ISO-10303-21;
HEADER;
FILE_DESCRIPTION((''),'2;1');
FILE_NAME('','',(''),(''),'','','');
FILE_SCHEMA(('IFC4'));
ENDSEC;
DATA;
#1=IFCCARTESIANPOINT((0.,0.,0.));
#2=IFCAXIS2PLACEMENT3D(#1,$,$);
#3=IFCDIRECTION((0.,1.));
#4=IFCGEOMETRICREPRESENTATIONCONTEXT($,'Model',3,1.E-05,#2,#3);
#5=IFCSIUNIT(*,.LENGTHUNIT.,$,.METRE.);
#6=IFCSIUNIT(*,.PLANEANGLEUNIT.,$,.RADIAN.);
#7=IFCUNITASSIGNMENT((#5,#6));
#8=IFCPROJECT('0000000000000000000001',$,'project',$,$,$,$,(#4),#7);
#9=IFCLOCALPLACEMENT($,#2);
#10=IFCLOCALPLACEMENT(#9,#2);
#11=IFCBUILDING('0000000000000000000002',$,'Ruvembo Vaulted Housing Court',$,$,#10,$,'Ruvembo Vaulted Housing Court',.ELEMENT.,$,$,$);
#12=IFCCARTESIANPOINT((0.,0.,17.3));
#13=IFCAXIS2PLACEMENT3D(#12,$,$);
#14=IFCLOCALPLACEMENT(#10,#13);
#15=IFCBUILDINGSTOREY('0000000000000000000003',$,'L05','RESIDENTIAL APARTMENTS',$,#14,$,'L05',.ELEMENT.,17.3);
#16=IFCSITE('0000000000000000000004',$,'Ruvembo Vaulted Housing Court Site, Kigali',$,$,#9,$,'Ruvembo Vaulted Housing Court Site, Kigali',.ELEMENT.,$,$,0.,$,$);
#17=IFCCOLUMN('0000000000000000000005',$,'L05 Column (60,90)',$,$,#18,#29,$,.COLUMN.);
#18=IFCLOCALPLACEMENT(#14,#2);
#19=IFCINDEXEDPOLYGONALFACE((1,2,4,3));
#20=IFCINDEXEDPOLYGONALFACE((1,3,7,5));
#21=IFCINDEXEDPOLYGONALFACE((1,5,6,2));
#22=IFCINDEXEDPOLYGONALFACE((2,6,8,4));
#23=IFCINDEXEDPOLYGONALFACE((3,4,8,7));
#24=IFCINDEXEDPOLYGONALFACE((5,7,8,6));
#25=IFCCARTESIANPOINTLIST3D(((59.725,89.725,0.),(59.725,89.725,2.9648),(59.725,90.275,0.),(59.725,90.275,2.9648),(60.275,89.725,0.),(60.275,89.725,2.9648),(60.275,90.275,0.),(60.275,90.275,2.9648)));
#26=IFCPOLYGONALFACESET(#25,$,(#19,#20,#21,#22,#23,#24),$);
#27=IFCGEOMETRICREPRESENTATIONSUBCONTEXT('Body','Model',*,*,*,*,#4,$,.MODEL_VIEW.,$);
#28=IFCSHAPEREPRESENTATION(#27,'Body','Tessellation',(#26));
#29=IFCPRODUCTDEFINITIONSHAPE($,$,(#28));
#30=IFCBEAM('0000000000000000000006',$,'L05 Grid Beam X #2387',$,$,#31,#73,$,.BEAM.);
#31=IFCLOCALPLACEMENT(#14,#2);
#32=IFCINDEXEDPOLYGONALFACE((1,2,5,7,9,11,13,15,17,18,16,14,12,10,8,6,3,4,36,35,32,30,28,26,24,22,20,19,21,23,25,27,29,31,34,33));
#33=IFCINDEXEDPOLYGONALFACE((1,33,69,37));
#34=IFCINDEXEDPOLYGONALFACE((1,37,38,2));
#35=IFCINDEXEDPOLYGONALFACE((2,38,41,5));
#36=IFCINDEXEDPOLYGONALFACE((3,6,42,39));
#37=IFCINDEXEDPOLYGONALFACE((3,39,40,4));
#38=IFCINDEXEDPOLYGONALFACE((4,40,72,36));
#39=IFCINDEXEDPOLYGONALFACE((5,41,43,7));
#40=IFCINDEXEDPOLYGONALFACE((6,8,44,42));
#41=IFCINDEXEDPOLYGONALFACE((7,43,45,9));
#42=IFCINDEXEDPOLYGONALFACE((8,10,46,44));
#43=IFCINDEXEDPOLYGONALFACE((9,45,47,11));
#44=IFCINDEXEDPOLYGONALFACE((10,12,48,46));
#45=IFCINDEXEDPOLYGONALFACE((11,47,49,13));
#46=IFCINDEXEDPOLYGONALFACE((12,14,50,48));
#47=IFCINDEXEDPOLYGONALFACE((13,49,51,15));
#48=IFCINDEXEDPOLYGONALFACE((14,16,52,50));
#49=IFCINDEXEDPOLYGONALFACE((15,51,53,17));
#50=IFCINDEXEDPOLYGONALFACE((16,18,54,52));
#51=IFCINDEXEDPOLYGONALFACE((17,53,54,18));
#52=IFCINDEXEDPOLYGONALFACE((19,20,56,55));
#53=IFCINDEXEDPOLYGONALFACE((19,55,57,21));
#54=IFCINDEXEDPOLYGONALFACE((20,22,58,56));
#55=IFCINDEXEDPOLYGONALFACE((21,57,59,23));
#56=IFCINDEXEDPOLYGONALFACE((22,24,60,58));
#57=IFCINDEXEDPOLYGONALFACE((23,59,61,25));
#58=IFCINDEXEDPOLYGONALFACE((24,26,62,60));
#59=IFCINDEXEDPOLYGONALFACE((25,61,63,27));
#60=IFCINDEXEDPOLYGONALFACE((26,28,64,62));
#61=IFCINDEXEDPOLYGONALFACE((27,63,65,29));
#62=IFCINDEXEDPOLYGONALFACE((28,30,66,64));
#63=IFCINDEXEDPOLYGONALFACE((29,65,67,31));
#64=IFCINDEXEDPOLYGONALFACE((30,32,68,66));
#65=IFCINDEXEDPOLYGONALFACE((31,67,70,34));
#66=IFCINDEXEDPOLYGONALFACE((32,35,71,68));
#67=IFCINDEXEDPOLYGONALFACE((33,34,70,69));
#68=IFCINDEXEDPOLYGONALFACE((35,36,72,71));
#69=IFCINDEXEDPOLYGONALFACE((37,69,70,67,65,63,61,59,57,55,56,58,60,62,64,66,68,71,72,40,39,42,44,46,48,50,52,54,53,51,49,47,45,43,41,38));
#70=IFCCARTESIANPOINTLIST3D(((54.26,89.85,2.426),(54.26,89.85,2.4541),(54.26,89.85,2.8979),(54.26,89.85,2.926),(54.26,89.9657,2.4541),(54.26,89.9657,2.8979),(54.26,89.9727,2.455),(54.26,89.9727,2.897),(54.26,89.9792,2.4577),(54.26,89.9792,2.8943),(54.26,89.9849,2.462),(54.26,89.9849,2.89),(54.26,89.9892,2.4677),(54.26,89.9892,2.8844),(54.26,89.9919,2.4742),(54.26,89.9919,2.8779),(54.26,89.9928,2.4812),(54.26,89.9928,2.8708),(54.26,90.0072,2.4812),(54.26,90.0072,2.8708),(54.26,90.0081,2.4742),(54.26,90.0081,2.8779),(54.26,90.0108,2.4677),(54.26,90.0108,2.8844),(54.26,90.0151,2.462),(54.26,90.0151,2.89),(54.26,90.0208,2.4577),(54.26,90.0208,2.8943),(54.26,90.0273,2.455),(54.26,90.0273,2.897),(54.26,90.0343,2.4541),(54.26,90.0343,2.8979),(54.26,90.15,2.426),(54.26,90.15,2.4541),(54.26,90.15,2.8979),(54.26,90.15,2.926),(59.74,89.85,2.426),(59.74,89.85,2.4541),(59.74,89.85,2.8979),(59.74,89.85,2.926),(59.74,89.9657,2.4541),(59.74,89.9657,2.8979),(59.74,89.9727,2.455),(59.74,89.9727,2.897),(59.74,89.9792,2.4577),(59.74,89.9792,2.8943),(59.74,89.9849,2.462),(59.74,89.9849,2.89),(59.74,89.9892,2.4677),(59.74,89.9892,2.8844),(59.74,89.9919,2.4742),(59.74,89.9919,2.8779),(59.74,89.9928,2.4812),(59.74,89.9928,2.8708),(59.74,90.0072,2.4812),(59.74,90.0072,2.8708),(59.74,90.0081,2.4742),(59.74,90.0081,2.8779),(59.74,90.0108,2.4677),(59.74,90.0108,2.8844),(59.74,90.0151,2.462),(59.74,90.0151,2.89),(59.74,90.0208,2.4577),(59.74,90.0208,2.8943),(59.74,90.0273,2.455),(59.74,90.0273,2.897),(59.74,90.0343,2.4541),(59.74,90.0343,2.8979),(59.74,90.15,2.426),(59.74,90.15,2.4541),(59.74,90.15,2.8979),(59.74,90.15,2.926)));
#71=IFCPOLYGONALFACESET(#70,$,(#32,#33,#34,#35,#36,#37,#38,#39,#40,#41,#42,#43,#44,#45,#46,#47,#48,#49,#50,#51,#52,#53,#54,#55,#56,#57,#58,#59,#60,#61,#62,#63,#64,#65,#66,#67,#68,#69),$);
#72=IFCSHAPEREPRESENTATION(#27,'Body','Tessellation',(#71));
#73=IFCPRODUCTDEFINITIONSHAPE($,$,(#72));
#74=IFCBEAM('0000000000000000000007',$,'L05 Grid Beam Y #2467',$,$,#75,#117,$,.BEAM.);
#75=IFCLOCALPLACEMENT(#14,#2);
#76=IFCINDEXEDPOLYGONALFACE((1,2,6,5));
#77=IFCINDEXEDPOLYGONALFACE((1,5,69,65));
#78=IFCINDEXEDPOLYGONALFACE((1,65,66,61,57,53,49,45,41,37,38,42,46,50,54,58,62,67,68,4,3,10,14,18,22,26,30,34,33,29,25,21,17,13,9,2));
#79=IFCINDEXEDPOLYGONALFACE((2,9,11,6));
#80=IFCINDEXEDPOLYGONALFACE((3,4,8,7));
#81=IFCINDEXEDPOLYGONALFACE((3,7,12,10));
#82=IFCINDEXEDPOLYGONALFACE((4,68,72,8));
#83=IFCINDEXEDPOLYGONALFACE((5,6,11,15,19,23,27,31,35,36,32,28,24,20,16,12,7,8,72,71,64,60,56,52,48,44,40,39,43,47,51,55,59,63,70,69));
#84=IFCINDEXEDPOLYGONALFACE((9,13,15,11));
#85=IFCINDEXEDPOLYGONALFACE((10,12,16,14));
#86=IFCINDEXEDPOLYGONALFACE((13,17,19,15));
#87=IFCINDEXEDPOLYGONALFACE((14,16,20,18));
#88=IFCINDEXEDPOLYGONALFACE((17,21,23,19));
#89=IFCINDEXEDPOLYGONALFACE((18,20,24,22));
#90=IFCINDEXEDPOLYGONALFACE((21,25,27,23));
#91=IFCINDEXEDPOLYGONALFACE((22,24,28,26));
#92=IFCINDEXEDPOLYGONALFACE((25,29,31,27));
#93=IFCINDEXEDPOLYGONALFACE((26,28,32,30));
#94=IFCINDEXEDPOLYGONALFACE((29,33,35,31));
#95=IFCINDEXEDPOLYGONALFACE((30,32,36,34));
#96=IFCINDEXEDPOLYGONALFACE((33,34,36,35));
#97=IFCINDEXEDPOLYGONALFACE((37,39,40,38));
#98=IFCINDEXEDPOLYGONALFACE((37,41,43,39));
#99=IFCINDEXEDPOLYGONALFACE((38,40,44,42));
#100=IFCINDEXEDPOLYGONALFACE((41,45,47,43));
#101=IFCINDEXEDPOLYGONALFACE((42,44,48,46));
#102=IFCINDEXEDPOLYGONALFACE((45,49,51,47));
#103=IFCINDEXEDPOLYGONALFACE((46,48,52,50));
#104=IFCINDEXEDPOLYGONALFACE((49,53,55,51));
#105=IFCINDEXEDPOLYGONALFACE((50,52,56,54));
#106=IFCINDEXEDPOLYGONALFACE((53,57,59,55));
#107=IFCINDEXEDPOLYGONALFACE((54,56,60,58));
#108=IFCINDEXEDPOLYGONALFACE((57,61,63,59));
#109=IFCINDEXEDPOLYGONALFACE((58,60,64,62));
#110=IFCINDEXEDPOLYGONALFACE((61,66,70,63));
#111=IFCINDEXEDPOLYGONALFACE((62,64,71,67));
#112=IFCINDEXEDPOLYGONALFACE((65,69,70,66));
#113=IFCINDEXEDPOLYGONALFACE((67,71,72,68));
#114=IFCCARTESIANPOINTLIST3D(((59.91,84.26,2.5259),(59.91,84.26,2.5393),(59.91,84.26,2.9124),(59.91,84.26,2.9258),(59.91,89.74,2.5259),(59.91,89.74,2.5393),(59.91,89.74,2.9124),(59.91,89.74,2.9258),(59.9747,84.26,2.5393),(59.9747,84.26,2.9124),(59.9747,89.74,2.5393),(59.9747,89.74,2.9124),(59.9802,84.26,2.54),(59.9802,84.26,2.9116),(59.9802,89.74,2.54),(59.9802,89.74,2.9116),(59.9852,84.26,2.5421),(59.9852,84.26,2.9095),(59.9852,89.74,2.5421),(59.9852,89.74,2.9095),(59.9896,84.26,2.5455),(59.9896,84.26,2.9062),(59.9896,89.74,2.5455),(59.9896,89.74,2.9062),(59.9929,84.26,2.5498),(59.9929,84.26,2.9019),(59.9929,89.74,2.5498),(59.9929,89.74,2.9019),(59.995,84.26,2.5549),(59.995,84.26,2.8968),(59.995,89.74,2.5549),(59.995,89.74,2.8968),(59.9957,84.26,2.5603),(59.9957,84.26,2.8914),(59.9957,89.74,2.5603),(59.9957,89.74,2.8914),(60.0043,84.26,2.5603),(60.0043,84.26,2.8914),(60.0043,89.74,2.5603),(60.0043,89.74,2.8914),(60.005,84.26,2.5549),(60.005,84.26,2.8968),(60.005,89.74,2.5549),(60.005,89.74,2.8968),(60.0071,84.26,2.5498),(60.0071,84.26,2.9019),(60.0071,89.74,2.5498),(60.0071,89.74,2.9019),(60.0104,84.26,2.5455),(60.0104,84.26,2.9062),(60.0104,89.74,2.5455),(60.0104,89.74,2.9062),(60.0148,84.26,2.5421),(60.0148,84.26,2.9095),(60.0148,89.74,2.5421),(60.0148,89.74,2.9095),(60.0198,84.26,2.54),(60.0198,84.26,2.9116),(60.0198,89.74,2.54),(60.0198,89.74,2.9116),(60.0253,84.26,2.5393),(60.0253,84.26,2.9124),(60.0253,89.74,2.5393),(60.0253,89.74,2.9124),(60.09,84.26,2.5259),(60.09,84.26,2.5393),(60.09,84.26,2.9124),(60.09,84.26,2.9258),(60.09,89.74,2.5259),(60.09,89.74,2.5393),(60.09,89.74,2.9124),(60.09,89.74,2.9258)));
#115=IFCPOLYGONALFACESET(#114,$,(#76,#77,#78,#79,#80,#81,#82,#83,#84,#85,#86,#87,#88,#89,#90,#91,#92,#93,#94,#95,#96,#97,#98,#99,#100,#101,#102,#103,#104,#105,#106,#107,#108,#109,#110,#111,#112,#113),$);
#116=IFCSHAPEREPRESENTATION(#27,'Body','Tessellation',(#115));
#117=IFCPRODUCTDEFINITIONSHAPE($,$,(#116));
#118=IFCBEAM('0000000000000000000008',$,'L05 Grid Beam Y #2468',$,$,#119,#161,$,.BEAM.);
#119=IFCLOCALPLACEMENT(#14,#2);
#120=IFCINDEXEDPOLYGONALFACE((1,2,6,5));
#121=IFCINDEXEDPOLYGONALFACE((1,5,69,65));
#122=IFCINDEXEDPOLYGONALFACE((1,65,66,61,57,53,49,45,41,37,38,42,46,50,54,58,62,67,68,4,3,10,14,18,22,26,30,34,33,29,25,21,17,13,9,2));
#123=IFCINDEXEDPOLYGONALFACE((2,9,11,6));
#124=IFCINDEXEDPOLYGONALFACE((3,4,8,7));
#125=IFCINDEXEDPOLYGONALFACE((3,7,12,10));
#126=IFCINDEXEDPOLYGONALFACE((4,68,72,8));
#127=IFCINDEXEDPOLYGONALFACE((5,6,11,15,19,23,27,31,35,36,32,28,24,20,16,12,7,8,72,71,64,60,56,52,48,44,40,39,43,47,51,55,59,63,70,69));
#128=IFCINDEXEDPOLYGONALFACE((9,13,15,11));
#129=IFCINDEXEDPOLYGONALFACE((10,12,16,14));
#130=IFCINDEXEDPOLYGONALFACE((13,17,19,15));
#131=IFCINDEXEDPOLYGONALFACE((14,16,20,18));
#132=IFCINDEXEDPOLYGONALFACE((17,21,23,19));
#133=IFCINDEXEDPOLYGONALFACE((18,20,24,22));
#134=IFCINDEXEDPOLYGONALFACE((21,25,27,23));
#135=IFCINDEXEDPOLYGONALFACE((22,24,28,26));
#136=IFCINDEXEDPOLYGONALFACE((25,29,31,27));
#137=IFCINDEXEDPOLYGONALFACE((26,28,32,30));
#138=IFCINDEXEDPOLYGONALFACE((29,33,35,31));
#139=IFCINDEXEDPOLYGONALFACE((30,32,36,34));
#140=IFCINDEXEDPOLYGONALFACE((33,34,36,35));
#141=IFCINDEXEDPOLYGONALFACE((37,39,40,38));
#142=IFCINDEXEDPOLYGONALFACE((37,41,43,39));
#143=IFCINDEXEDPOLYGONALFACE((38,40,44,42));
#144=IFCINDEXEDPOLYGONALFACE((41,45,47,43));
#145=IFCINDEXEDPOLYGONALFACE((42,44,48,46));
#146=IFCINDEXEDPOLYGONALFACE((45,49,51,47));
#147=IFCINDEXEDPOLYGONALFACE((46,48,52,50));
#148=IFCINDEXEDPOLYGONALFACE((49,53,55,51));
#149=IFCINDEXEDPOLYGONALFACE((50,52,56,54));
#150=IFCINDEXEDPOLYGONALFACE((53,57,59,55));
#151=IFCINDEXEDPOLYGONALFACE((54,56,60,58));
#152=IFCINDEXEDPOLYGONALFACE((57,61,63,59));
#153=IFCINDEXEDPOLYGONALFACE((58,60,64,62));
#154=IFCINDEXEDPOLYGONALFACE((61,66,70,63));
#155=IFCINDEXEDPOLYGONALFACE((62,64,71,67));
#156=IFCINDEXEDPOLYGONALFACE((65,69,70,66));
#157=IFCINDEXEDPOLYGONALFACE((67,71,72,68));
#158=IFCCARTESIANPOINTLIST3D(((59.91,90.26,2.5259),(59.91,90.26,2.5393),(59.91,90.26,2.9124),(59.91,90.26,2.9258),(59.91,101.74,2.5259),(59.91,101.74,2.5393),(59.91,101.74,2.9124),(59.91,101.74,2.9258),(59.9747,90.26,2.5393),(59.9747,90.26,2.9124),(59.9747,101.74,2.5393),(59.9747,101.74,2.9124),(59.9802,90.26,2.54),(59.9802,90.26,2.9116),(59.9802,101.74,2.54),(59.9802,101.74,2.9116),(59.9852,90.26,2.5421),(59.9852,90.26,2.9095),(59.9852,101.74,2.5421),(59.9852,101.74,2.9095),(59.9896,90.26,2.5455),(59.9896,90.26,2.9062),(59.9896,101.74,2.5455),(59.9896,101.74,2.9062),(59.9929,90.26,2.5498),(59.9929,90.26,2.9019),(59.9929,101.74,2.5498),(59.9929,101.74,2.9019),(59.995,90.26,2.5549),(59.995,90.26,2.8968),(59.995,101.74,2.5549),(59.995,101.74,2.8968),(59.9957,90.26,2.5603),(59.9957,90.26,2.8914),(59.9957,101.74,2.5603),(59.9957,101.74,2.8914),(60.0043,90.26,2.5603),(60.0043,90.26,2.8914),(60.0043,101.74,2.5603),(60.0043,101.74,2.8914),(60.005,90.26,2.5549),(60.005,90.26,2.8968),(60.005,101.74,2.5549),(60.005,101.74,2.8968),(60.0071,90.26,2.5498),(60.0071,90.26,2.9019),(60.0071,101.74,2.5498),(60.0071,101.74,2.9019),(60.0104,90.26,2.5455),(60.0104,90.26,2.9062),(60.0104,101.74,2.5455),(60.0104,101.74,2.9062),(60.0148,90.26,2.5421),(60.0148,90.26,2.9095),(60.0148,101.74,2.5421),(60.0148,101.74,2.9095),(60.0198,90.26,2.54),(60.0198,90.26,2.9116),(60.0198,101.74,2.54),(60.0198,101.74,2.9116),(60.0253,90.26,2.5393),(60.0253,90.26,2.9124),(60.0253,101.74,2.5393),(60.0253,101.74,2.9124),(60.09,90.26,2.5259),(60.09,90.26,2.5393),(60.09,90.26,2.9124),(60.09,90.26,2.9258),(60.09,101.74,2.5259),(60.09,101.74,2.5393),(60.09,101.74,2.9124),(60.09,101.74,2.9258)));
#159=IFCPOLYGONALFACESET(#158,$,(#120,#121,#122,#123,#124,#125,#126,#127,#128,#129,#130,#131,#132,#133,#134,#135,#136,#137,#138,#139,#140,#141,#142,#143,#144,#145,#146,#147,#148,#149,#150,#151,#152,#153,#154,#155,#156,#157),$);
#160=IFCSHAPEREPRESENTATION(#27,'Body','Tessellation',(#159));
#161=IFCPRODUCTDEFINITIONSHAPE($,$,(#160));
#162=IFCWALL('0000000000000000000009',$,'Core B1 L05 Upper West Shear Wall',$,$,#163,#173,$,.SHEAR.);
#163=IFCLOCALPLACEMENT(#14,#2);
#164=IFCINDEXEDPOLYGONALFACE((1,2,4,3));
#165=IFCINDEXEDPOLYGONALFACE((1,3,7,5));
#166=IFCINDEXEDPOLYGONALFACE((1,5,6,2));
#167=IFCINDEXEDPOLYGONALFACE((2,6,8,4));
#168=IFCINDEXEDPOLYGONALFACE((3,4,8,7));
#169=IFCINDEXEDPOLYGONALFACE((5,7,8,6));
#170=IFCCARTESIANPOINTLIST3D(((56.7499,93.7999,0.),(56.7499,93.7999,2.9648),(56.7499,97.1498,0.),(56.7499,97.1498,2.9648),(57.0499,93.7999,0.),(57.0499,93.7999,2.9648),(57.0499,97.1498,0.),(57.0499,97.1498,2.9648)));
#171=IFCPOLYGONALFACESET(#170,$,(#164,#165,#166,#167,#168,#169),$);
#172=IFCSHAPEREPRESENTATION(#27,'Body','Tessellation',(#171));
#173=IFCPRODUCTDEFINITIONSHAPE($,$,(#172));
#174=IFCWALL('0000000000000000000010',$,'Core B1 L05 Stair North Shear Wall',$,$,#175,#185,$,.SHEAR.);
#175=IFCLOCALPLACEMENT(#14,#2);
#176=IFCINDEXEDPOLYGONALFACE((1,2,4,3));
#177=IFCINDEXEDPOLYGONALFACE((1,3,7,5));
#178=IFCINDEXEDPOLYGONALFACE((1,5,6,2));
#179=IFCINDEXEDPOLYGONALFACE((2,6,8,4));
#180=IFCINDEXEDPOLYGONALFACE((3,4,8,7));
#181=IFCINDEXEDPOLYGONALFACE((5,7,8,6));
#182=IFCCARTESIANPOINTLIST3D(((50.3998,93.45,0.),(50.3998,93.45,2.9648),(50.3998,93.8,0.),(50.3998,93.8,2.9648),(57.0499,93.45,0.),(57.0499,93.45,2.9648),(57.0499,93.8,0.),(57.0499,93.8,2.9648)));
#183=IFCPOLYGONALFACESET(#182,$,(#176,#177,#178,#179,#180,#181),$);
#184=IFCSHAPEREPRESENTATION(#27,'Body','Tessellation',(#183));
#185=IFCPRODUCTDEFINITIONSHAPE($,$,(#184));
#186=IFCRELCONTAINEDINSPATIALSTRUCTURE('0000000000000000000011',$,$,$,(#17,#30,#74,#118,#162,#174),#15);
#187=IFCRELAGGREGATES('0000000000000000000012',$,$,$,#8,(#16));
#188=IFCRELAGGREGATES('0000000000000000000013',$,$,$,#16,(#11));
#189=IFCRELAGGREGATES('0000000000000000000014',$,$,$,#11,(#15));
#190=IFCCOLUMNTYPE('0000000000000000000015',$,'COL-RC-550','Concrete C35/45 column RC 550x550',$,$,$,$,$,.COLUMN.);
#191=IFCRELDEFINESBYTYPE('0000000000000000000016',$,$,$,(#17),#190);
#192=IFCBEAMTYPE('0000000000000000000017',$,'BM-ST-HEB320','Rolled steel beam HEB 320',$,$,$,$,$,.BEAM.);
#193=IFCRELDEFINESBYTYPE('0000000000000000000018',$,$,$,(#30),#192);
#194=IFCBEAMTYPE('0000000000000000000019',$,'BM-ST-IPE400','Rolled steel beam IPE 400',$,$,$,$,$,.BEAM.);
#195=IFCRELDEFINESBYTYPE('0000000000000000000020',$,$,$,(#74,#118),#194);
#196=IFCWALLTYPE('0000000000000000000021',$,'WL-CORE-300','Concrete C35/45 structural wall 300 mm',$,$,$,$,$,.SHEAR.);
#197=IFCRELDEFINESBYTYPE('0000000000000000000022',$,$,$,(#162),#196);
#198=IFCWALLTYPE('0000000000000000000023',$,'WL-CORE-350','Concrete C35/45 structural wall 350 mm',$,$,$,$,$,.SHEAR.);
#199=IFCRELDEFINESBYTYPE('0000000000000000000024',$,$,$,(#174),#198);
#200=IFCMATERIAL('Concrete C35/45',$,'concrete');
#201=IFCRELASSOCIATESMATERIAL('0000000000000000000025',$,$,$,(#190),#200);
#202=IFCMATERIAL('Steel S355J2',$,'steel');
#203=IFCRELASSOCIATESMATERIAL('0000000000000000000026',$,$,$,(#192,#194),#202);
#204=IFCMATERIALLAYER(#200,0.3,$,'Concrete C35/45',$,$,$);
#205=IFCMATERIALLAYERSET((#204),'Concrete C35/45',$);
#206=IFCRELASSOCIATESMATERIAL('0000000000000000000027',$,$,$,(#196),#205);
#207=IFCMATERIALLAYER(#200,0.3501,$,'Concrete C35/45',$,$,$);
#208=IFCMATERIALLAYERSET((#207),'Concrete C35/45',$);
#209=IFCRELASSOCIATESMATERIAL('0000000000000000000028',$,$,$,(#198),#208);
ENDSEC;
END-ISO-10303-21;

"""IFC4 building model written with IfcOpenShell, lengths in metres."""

from ifc_helpers import new_model, si_unit, direction, frame, frame_2d, origin, origin_2d, place, context, subcontext, project, spatial, rectangle, i_section, extrude, material, layer, layer_set, material_profile, profile_set, type_object, element, save


model = new_model("IFC4")

# Units and contexts
model_context = context("Model", 3, precision=1e-05, world=origin(), true_north=direction((0.0, 1.0)))
body_context = subcontext(model_context, "Body", "Model", "MODEL_VIEW")
ifc_project = project(units=[si_unit("LENGTHUNIT", "METRE"), si_unit("PLANEANGLEUNIT", "RADIAN")], contexts=[model_context])

# Site, building, storey
site_placement = place(None, origin())
site = spatial("IfcSite", under=ifc_project, at=site_placement, Name="Ruvembo Vaulted Housing Court Site, Kigali", LongName="Ruvembo Vaulted Housing Court Site, Kigali", CompositionType="ELEMENT", RefElevation=0.0)
building_placement = place(site_placement, origin())
building = spatial("IfcBuilding", under=site, at=building_placement, Name="Ruvembo Vaulted Housing Court", LongName="Ruvembo Vaulted Housing Court", CompositionType="ELEMENT")
storey_placement = place(building_placement, frame((0.0, 0.0, 17.3)))
storey = spatial("IfcBuildingStorey", under=building, at=storey_placement, Name="L05", Description="RESIDENTIAL APARTMENTS", LongName="L05", CompositionType="ELEMENT", Elevation=17.3)

# Column
ifc_material_1 = material(Name="Concrete C35/45", Category="concrete")
ifc_material_profile_1 = material_profile(ifc_material_1, rectangle(XDim=0.55, YDim=0.55, at=origin_2d()), Name="RC 550x550")
ifc_profile_set_1 = profile_set([ifc_material_profile_1], Name="Concrete C35/45")
column_type = type_object("IfcColumnType", Name="COL-RC-550", Description="Concrete C35/45 column RC 550x550", PredefinedType="COLUMN", material=ifc_profile_set_1)
column_placement = place(storey_placement, frame((60.0, 90.0, 0.0), z_axis=(0.0, 0.0, 1.0), x_axis=(1.0, 0.0, 0.0)))
element("IfcColumn", 1, at=column_placement, inside=storey, type_object=column_type, Name="L05 Column (60,90)", PredefinedType="COLUMN", context=body_context, shape_type="SweptSolid", body=[
    extrude(rectangle(XDim=0.55, YDim=0.55, at=origin_2d()), origin(), (0.0, 0.0, 1.0), 2.9648),
])

# Beams
ifc_material_2 = material(Name="Steel S355J2", Category="steel")
ifc_material_profile_2 = material_profile(ifc_material_2, i_section(OverallWidth=0.3, OverallDepth=0.5, WebThickness=0.0144, FlangeThickness=0.0281, FilletRadius=0.0271, at=origin_2d()), Name="HEB 320")
ifc_profile_set_2 = profile_set([ifc_material_profile_2], Name="Steel S355J2")
beam_type_1 = type_object("IfcBeamType", Name="BM-ST-HEB320", Description="Rolled steel beam HEB 320", PredefinedType="BEAM", material=ifc_profile_set_2)
beam_1_placement = place(storey_placement, frame((54.26, 90.0, 2.676), z_axis=(1.0, 0.0, 0.0), x_axis=(0.0, 1.0, 0.0)))
element("IfcBeam", 2, at=beam_1_placement, inside=storey, type_object=beam_type_1, Name="L05 Grid Beam X #2387", PredefinedType="BEAM", context=body_context, shape_type="SweptSolid", body=[
    extrude(i_section(OverallWidth=0.3, OverallDepth=0.5, WebThickness=0.0144, FlangeThickness=0.0281, FilletRadius=0.0271, at=origin_2d()), origin(), (0.0, 0.0, 1.0), 5.48),
])
ifc_material_profile_3 = material_profile(ifc_material_2, i_section(OverallWidth=0.1799, OverallDepth=0.3999, WebThickness=0.0085, FlangeThickness=0.0134, FilletRadius=0.021, at=origin_2d()), Name="IPE 400")
ifc_profile_set_3 = profile_set([ifc_material_profile_3], Name="Steel S355J2")
beam_type_2 = type_object("IfcBeamType", Name="BM-ST-IPE400", Description="Rolled steel beam IPE 400", PredefinedType="BEAM", material=ifc_profile_set_3)
beam_2_placement = place(storey_placement, frame((60.0, 84.26, 2.7258), z_axis=(0.0, 1.0, 0.0), x_axis=(-1.0, 0.0, 0.0)))
element("IfcBeam", 3, at=beam_2_placement, inside=storey, type_object=beam_type_2, Name="L05 Grid Beam Y #2467", PredefinedType="BEAM", context=body_context, shape_type="SweptSolid", body=[
    extrude(i_section(OverallWidth=0.1799, OverallDepth=0.3999, WebThickness=0.0085, FlangeThickness=0.0134, FilletRadius=0.021, at=origin_2d()), origin(), (0.0, 0.0, 1.0), 5.48),
])
beam_3_placement = place(storey_placement, frame((60.0, 90.26, 2.7258), z_axis=(0.0, 1.0, 0.0), x_axis=(-1.0, 0.0, 0.0)))
element("IfcBeam", 4, at=beam_3_placement, inside=storey, type_object=beam_type_2, Name="L05 Grid Beam Y #2468", PredefinedType="BEAM", context=body_context, shape_type="SweptSolid", body=[
    extrude(i_section(OverallWidth=0.1799, OverallDepth=0.3999, WebThickness=0.0085, FlangeThickness=0.0134, FilletRadius=0.021, at=origin_2d()), origin(), (0.0, 0.0, 1.0), 11.48),
])

# Shared definitions
ifc_layer_1 = layer(ifc_material_1, 0.3, Name="Concrete C35/45")
ifc_layer_set_1 = layer_set([ifc_layer_1], Name="Concrete C35/45")
wall_type_1 = type_object("IfcWallType", Name="WL-CORE-300", Description="Concrete C35/45 structural wall 300 mm", PredefinedType="SHEAR", material=ifc_layer_set_1)

# Walls
wall_1_placement = place(storey_placement, frame((56.8999, 93.8, 0.0), z_axis=(0.0, 0.0, 1.0), x_axis=(0.0, 1.0, 0.0)))
element("IfcWall", 5, at=wall_1_placement, inside=storey, type_object=wall_type_1, Name="Core B1 L05 Upper West Shear Wall", PredefinedType="SHEAR", context=body_context, shape_type="SweptSolid", body=[
    extrude(rectangle(XDim=3.3499, YDim=0.3, at=frame_2d((1.6748, 0.0))), origin(), (0.0, 0.0, 1.0), 2.9648),
])
ifc_layer_2 = layer(ifc_material_1, 0.3501, Name="Concrete C35/45")
ifc_layer_set_2 = layer_set([ifc_layer_2], Name="Concrete C35/45")
wall_type_2 = type_object("IfcWallType", Name="WL-CORE-350", Description="Concrete C35/45 structural wall 350 mm", PredefinedType="SHEAR", material=ifc_layer_set_2)
wall_2_placement = place(storey_placement, frame((57.05, 93.625, 0.0), z_axis=(0.0, 0.0, 1.0), x_axis=(-1.0, 0.0, 0.0)))
element("IfcWall", 6, at=wall_2_placement, inside=storey, type_object=wall_type_2, Name="Core B1 L05 Stair North Shear Wall", PredefinedType="SHEAR", context=body_context, shape_type="SweptSolid", body=[
    extrude(rectangle(XDim=6.6501, YDim=0.3501, at=frame_2d((3.3252, 0.0))), origin(), (0.0, 0.0, 1.0), 2.9648),
])

save(model, "model.ifc")
